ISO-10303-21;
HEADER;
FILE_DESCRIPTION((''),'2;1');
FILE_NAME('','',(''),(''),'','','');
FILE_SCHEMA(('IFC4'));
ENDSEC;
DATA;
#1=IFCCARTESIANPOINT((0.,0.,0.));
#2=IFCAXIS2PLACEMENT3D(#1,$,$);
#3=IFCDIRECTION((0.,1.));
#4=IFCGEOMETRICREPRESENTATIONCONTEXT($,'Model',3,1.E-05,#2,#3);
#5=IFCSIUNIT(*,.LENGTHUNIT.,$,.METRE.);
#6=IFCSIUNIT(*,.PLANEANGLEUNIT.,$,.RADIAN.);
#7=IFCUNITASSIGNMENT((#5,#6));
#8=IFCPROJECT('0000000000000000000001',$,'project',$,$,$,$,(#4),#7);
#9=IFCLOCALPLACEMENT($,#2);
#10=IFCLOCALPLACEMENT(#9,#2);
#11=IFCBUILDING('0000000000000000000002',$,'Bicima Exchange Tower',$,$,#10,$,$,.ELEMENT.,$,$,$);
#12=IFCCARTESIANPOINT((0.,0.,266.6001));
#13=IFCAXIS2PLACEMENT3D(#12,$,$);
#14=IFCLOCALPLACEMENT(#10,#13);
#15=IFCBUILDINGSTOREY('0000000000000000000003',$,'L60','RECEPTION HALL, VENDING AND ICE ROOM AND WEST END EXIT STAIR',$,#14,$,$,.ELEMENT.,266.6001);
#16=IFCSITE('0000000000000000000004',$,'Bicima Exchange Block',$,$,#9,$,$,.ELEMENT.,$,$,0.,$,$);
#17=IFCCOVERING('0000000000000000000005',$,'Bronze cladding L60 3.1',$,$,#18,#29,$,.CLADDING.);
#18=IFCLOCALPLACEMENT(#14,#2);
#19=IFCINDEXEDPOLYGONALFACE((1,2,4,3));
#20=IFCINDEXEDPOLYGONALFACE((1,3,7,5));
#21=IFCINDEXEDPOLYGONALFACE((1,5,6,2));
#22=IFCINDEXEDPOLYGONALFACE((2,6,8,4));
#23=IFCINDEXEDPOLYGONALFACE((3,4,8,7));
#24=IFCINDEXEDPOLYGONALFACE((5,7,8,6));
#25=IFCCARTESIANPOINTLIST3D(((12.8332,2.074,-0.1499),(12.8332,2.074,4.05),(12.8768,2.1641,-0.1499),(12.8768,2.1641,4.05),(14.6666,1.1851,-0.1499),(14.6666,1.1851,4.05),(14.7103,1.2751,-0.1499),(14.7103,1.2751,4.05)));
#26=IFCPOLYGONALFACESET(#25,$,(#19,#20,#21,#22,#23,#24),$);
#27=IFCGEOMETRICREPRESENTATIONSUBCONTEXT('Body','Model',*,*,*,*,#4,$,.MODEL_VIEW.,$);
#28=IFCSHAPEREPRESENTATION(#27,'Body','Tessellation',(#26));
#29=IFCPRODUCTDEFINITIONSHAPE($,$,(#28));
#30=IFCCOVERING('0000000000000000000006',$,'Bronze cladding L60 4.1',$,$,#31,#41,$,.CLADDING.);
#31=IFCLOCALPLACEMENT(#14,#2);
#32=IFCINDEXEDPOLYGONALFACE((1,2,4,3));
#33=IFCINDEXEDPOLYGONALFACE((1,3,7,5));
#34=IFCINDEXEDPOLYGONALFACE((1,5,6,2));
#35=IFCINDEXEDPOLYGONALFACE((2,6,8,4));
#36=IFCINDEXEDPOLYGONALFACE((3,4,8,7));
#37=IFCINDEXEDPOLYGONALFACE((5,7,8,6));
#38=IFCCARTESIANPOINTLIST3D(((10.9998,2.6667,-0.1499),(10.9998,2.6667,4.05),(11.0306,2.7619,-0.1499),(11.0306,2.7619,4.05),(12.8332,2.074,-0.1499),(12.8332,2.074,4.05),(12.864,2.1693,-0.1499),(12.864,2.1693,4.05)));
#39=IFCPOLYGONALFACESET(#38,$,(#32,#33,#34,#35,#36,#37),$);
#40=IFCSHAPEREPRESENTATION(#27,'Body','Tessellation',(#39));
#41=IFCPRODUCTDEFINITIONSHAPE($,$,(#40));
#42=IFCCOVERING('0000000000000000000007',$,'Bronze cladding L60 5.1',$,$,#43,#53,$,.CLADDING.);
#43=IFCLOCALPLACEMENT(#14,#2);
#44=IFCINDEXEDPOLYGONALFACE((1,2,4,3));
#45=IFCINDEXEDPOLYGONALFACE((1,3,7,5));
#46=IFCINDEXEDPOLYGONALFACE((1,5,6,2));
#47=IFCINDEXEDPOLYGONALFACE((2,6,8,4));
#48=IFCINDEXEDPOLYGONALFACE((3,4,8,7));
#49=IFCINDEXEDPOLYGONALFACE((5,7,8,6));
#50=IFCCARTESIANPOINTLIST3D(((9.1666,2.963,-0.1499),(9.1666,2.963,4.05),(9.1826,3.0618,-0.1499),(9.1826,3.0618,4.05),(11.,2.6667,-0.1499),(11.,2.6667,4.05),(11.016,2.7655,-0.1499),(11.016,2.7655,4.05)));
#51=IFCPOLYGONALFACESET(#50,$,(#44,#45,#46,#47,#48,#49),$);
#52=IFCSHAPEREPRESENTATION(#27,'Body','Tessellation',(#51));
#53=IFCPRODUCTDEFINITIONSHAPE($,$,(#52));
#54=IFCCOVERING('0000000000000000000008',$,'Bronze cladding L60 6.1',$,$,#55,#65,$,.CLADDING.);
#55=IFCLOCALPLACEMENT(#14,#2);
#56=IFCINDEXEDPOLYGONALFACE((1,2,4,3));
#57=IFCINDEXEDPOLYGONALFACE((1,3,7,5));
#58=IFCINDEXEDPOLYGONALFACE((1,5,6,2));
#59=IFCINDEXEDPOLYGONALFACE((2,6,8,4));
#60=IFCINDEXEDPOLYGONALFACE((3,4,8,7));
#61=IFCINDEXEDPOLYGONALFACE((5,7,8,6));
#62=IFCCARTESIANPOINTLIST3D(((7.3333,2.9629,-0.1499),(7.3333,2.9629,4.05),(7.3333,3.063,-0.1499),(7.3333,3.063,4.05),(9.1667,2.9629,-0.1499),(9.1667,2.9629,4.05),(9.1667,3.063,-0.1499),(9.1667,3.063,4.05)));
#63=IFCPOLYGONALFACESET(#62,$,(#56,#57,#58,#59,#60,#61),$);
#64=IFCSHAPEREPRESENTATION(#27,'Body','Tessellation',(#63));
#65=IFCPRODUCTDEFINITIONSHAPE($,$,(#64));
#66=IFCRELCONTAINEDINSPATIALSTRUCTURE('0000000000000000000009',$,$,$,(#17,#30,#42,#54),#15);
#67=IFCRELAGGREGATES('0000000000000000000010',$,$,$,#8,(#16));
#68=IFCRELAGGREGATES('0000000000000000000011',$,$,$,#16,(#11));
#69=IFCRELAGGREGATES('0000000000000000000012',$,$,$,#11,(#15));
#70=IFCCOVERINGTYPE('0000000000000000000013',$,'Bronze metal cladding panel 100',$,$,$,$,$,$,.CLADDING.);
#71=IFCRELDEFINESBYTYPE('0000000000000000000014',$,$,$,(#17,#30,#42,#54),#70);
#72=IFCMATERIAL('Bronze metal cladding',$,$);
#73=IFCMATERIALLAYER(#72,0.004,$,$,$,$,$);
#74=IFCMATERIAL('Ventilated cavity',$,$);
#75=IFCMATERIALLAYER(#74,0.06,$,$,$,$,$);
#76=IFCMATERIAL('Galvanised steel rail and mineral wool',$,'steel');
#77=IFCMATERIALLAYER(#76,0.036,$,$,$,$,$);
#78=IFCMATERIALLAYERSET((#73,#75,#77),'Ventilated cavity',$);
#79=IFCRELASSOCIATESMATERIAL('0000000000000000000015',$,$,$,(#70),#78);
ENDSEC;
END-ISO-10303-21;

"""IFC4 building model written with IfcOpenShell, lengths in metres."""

from ifc_helpers import new_model, si_unit, direction, frame, origin, origin_2d, place, context, subcontext, project, spatial, rectangle, extrude, material, layer, layer_set, type_object, element, save


model = new_model("IFC4")

# Units and contexts
model_context = context("Model", 3, precision=1e-05, world=origin(), true_north=direction((0.0, 1.0)))
body_context = subcontext(model_context, "Body", "Model", "MODEL_VIEW")
ifc_project = project(units=[si_unit("LENGTHUNIT", "METRE"), si_unit("PLANEANGLEUNIT", "RADIAN")], contexts=[model_context])

# Site, building, storey
site_placement = place(None, origin())
site = spatial("IfcSite", under=ifc_project, at=site_placement, Name="Bicima Exchange Block", CompositionType="ELEMENT", RefElevation=0.0)
building_placement = place(site_placement, origin())
building = spatial("IfcBuilding", under=site, at=building_placement, Name="Bicima Exchange Tower", CompositionType="ELEMENT")
storey_placement = place(building_placement, frame((0.0, 0.0, 266.6001)))
storey = spatial("IfcBuildingStorey", under=building, at=storey_placement, Name="L60", Description="RECEPTION HALL, VENDING AND ICE ROOM AND WEST END EXIT STAIR", CompositionType="ELEMENT", Elevation=266.6001)

# Coverings
ifc_material_1 = material(Name="Bronze metal cladding")
ifc_layer_1 = layer(ifc_material_1, 0.004)
ifc_material_2 = material(Name="Ventilated cavity")
ifc_layer_2 = layer(ifc_material_2, 0.06)
ifc_material_3 = material(Name="Galvanised steel rail and mineral wool", Category="steel")
ifc_layer_3 = layer(ifc_material_3, 0.036)
ifc_layer_set_1 = layer_set([ifc_layer_1, ifc_layer_2, ifc_layer_3], Name="Ventilated cavity")
covering_type = type_object("IfcCoveringType", Name="Bronze metal cladding panel 100", PredefinedType="CLADDING", material=ifc_layer_set_1)
covering_1_placement = place(storey_placement, frame((13.7717, 1.6746, -0.1499), z_axis=(0.0, 0.0, 1.0), x_axis=(-0.899818, 0.436265, 0.0)))
element("IfcCovering", 1, at=covering_1_placement, inside=storey, type_object=covering_type, Name="Bronze cladding L60 3.1", PredefinedType="CLADDING", context=body_context, shape_type="SweptSolid", body=[
    extrude(rectangle(XDim=2.0376, YDim=0.1001, at=origin_2d()), origin(), (0.0, 0.0, 1.0), 4.2),
])
covering_2_placement = place(storey_placement, frame((11.9319, 2.418, -0.1499), z_axis=(0.0, 0.0, 1.0), x_axis=(-0.951525, 0.307573, 0.0)))
element("IfcCovering", 2, at=covering_2_placement, inside=storey, type_object=covering_type, Name="Bronze cladding L60 4.1", PredefinedType="CLADDING", context=body_context, shape_type="SweptSolid", body=[
    extrude(rectangle(XDim=1.9268, YDim=0.1001, at=origin_2d()), origin(), (0.0, 0.0, 1.0), 4.2),
])
covering_3_placement = place(storey_placement, frame((10.0913, 2.8643, -0.1499), z_axis=(0.0, 0.0, 1.0), x_axis=(-0.98719, 0.15955, 0.0)))
element("IfcCovering", 3, at=covering_3_placement, inside=storey, type_object=covering_type, Name="Bronze cladding L60 5.1", PredefinedType="CLADDING", context=body_context, shape_type="SweptSolid", body=[
    extrude(rectangle(XDim=1.8572, YDim=0.1001, at=origin_2d()), origin(), (0.0, 0.0, 1.0), 4.2),
])
covering_4_placement = place(storey_placement, frame((8.25, 3.0129, -0.1499), z_axis=(0.0, 0.0, 1.0), x_axis=(-1.0, 0.0, 0.0)))
element("IfcCovering", 4, at=covering_4_placement, inside=storey, type_object=covering_type, Name="Bronze cladding L60 6.1", PredefinedType="CLADDING", context=body_context, shape_type="SweptSolid", body=[
    extrude(rectangle(XDim=1.8335, YDim=0.1001, at=origin_2d()), origin(), (0.0, 0.0, 1.0), 4.2),
])

save(model, "model.ifc")
